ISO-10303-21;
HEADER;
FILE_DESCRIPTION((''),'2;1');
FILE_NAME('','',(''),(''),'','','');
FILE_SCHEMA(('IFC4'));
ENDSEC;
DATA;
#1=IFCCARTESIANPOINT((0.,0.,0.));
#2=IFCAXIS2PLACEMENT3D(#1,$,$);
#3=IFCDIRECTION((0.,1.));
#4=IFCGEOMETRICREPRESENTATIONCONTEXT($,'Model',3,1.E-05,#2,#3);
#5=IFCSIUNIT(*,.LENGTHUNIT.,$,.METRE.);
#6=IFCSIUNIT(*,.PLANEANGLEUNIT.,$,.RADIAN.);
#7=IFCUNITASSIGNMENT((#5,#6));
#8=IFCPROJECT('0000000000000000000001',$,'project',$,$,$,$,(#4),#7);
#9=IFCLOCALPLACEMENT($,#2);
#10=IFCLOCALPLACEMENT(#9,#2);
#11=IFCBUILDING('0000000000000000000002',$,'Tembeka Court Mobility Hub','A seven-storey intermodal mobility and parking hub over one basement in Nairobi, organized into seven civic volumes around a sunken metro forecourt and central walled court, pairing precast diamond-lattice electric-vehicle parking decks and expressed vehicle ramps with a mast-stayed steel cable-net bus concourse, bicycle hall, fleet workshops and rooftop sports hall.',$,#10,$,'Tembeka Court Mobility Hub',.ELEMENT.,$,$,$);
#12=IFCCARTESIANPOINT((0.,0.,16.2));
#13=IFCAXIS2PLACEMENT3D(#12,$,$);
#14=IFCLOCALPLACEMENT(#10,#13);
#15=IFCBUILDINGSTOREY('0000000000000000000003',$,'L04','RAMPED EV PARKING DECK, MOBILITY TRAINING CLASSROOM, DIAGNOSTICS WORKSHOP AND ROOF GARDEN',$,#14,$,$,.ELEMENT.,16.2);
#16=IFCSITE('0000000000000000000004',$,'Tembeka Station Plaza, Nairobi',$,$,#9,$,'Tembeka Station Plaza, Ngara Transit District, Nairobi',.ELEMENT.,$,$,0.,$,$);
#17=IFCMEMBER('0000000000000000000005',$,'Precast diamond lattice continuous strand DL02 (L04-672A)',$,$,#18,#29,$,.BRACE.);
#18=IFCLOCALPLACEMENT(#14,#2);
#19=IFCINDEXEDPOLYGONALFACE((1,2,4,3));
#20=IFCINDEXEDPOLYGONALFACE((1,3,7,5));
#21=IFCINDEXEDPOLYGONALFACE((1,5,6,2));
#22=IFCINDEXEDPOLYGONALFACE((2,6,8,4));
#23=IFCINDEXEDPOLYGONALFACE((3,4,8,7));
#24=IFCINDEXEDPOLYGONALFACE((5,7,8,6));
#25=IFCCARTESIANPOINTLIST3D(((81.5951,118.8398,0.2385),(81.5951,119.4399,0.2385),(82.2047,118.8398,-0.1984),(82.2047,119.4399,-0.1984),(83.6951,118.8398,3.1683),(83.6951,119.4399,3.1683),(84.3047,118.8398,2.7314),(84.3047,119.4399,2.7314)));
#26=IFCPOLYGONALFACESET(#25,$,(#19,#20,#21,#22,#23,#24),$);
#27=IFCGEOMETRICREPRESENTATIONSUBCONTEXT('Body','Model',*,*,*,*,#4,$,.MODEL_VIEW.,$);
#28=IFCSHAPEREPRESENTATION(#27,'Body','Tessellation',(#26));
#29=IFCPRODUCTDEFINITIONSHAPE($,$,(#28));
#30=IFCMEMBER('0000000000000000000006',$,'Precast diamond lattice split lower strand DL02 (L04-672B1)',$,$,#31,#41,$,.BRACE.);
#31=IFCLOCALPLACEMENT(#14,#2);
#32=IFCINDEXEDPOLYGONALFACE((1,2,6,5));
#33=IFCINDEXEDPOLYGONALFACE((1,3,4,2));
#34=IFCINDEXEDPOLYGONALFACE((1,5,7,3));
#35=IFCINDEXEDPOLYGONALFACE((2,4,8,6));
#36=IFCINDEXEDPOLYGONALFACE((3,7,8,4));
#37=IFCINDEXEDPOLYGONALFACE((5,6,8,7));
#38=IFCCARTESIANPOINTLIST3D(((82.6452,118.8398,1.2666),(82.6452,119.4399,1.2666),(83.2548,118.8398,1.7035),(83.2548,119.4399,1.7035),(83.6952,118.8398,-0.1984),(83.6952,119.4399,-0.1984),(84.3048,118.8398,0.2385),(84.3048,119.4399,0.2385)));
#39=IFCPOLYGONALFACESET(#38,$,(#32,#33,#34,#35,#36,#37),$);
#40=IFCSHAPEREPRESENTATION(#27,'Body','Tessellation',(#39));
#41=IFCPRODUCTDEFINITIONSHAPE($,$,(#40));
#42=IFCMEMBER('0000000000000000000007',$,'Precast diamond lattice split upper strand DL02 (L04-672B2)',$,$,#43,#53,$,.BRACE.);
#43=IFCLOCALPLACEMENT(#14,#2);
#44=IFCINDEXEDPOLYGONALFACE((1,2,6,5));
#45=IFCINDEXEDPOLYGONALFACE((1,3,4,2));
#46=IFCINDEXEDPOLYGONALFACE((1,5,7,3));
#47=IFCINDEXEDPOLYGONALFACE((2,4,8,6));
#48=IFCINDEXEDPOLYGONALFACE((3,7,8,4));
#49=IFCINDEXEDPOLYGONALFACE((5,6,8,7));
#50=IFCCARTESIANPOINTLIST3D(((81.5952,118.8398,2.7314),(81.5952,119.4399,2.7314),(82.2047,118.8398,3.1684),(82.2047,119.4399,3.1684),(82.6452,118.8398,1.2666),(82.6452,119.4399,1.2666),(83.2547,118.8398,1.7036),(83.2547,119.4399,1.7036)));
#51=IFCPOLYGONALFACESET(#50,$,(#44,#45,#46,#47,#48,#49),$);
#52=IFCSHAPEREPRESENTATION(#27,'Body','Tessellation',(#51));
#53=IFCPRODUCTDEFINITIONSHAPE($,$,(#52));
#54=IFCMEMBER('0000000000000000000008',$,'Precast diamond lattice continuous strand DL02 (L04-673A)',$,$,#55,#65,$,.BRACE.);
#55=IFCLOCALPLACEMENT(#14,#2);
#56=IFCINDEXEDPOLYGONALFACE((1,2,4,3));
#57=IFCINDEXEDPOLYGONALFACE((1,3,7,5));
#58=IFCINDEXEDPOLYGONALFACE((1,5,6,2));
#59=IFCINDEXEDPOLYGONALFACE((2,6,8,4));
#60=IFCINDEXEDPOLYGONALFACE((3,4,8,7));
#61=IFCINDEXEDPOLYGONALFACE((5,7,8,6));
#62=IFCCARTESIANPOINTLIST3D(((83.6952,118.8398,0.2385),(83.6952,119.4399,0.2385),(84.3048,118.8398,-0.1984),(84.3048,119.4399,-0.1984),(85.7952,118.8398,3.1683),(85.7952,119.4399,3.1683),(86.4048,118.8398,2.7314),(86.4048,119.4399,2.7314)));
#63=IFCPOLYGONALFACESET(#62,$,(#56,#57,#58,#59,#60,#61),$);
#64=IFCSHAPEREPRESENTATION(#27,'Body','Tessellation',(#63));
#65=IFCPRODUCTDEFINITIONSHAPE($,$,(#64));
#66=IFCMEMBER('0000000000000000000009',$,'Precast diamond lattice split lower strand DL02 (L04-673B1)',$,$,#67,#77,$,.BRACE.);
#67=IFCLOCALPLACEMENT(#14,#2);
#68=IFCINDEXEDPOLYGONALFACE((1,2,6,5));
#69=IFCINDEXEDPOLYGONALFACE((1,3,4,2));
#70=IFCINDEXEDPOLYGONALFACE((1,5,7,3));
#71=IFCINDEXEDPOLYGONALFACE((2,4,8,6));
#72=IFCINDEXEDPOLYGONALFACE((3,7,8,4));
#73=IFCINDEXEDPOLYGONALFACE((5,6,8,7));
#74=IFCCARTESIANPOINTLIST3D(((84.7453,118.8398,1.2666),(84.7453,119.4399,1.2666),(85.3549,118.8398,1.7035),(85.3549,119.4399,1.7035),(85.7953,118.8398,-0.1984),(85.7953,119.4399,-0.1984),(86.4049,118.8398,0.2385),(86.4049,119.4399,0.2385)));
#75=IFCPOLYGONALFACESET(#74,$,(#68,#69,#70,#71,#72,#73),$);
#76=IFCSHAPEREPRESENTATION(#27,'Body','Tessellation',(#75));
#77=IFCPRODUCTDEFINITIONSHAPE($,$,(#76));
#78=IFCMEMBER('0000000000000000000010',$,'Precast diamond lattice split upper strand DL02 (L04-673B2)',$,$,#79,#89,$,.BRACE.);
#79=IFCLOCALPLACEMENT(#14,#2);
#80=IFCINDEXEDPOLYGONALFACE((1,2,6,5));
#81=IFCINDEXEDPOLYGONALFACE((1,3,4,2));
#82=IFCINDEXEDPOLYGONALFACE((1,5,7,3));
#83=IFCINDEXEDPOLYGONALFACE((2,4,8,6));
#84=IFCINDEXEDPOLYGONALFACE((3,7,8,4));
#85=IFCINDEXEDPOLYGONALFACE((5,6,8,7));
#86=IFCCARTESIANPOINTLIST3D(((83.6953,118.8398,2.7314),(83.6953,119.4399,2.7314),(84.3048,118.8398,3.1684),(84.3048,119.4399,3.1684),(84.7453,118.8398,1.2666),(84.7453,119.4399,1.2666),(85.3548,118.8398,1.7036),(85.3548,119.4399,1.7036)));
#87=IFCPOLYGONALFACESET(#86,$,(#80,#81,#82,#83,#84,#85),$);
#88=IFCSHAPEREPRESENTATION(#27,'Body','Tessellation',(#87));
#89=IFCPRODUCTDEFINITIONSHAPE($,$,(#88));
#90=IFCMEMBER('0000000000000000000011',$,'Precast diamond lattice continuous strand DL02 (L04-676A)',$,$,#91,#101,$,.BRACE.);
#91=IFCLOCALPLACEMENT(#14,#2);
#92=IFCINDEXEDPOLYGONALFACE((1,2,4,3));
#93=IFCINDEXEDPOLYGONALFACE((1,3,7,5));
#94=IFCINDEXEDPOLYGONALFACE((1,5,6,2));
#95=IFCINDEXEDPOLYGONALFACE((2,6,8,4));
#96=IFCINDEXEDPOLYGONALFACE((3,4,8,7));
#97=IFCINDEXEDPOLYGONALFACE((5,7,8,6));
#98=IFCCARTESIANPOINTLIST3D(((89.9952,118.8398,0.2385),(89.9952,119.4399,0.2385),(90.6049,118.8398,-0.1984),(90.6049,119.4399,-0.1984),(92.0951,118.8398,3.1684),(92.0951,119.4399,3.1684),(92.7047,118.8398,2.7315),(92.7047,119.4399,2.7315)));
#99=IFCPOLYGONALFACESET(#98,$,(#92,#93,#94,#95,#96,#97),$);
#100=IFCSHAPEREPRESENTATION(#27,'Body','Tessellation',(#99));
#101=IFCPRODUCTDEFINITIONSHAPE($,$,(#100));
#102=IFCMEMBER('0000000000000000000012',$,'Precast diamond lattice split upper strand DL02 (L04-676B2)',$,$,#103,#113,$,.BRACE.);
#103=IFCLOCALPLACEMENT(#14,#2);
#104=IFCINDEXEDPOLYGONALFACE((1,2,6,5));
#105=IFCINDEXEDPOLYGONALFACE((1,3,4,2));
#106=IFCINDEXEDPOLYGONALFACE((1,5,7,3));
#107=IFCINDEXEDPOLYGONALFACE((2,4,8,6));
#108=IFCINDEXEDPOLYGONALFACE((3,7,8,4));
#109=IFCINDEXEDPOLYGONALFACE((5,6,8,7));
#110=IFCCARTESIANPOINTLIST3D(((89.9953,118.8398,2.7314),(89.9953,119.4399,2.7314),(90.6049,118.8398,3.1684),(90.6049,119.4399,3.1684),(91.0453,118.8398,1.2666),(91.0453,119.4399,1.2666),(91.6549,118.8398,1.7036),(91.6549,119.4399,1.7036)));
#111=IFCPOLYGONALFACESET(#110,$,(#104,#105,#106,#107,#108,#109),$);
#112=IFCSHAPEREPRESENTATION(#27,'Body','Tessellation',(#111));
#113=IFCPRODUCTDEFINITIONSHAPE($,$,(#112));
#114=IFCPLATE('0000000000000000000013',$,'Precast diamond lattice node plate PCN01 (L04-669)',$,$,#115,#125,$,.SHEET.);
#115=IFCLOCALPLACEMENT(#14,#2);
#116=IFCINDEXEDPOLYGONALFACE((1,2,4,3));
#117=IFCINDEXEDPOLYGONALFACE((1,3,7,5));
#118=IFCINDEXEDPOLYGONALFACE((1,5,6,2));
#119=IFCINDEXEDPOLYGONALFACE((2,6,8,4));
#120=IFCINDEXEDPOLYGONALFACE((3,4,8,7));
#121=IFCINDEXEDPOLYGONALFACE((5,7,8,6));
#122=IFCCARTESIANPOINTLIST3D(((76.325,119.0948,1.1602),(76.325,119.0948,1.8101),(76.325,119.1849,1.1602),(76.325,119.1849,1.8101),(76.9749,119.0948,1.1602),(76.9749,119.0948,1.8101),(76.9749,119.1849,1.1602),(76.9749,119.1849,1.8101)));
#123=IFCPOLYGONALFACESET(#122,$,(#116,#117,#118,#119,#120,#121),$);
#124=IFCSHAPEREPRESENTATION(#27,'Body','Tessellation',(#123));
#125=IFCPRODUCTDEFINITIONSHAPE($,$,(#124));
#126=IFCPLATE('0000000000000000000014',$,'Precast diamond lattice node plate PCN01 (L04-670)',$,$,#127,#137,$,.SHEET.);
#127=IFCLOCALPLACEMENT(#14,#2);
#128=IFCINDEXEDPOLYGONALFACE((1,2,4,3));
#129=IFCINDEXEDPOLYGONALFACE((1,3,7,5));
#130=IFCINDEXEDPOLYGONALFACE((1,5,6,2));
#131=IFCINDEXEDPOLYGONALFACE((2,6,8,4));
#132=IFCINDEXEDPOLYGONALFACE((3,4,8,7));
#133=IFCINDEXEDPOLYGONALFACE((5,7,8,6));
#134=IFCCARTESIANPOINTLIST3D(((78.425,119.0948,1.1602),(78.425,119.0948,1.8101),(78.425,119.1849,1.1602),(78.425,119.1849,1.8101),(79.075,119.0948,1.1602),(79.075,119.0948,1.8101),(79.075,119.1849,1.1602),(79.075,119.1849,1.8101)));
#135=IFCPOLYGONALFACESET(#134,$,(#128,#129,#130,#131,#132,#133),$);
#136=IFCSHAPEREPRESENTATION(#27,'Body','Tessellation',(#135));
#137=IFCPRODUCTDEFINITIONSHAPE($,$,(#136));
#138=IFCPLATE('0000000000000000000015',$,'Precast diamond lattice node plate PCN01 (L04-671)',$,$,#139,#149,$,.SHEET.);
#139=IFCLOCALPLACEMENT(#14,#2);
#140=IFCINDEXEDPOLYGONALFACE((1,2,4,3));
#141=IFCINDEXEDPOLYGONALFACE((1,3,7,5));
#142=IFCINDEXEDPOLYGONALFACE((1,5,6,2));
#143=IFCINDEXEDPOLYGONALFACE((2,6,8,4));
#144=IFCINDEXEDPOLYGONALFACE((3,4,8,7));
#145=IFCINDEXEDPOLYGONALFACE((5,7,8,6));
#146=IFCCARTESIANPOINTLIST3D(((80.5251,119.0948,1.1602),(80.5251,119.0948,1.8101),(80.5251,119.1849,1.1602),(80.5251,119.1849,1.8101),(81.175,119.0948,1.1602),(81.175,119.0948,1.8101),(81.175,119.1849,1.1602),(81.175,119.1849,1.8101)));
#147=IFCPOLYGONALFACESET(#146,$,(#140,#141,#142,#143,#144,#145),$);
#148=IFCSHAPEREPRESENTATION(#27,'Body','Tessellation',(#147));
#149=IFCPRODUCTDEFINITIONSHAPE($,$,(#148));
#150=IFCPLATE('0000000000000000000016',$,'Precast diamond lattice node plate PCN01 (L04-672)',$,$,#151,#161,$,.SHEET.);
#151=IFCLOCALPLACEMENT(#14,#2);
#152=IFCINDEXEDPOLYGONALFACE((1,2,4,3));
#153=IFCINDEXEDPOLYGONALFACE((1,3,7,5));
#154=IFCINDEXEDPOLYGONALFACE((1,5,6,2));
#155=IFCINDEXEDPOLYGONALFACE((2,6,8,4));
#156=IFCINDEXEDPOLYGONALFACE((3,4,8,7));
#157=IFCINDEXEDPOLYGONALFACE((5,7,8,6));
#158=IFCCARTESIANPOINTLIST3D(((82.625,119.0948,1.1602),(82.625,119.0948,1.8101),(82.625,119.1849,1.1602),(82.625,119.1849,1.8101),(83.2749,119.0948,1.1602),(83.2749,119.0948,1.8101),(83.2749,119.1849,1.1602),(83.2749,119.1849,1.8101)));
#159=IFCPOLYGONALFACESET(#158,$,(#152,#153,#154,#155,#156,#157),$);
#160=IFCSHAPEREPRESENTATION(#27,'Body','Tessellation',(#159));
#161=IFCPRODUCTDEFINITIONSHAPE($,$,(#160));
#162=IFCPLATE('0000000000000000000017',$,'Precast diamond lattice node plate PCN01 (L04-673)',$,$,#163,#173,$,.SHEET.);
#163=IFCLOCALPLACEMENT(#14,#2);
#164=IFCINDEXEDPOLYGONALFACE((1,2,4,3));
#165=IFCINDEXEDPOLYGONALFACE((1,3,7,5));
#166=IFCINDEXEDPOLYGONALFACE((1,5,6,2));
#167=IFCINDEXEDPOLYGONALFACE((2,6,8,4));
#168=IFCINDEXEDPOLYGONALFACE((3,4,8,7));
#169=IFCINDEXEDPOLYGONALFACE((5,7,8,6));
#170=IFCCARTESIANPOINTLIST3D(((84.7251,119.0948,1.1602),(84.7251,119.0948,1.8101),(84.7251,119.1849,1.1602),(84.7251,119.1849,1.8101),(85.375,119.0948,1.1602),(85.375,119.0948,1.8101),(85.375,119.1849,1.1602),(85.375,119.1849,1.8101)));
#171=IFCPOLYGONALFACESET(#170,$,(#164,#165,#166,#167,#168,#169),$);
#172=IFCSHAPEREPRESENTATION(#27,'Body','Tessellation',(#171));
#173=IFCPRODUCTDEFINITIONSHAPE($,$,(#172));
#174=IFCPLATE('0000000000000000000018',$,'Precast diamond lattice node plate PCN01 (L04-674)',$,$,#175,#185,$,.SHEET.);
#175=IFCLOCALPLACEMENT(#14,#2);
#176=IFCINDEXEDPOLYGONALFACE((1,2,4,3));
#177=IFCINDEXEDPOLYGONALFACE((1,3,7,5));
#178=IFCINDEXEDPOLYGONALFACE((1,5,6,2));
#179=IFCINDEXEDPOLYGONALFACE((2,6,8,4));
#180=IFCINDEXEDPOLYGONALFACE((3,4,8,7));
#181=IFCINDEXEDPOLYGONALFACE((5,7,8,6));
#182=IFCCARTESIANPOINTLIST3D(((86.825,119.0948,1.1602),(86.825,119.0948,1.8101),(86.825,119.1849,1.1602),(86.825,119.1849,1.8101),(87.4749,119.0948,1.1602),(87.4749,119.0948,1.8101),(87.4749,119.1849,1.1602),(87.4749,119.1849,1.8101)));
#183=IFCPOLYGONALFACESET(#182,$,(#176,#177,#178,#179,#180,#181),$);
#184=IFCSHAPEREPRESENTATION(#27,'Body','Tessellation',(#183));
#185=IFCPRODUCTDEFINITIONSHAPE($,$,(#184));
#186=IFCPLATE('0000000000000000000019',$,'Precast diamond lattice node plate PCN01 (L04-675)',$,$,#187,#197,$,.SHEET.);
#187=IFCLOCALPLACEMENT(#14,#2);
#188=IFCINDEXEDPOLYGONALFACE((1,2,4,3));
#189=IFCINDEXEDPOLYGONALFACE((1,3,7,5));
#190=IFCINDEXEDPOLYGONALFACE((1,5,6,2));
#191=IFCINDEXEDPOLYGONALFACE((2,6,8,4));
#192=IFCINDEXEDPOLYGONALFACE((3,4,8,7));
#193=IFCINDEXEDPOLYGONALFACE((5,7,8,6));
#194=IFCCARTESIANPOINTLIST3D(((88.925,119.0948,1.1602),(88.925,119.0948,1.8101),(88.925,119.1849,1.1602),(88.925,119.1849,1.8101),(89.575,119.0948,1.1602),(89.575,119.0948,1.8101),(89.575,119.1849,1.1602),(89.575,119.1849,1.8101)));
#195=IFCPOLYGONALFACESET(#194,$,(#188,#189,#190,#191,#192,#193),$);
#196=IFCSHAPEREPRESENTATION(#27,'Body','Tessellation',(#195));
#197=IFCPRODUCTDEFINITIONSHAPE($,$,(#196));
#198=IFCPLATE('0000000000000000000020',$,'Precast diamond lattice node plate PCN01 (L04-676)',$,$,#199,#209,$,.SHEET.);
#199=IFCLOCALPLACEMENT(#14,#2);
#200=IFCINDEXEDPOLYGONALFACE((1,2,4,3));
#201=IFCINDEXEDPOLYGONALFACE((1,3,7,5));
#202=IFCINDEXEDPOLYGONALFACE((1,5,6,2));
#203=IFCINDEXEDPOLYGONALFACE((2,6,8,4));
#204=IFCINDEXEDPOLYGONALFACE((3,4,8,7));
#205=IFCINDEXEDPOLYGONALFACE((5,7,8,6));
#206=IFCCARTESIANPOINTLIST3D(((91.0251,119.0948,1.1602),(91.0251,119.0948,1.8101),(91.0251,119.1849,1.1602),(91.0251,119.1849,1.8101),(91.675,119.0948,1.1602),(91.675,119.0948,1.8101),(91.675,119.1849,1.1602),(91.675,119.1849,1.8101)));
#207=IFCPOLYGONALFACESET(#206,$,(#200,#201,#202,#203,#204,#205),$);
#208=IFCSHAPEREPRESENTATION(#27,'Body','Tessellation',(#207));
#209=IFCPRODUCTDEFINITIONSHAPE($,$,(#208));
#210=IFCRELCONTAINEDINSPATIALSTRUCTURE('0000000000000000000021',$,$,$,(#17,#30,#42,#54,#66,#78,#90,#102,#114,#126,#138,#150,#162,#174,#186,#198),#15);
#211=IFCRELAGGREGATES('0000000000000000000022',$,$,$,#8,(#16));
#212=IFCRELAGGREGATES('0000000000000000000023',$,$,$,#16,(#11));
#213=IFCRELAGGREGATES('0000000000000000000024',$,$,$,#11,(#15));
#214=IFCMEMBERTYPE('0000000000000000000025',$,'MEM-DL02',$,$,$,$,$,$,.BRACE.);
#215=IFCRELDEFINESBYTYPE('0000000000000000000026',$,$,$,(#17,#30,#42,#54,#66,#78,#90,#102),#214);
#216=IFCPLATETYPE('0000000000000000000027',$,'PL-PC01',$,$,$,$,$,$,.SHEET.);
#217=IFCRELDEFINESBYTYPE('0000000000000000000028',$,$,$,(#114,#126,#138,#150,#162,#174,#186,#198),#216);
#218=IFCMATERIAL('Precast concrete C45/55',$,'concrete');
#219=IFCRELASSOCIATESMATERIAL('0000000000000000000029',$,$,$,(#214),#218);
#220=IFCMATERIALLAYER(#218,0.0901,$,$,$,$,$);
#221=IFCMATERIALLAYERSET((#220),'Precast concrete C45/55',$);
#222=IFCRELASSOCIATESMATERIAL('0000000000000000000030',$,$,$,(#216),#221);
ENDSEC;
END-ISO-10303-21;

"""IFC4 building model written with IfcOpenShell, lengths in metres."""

from ifc_helpers import new_model, si_unit, direction, frame, origin, origin_2d, place, context, subcontext, project, spatial, rectangle, extrude, material, layer, layer_set, material_profile, profile_set, type_object, element, save


model = new_model("IFC4")

# Units and contexts
model_context = context("Model", 3, precision=1e-05, world=origin(), true_north=direction((0.0, 1.0)))
body_context = subcontext(model_context, "Body", "Model", "MODEL_VIEW")
ifc_project = project(units=[si_unit("LENGTHUNIT", "METRE"), si_unit("PLANEANGLEUNIT", "RADIAN")], contexts=[model_context])

# Site, building, storey
site_placement = place(None, origin())
site = spatial("IfcSite", under=ifc_project, at=site_placement, Name="Tembeka Station Plaza, Nairobi", LongName="Tembeka Station Plaza, Ngara Transit District, Nairobi", CompositionType="ELEMENT", RefElevation=0.0)
building_placement = place(site_placement, origin())
building = spatial("IfcBuilding", under=site, at=building_placement, Name="Tembeka Court Mobility Hub", Description="A seven-storey intermodal mobility and parking hub over one basement in Nairobi, organized into seven civic volumes around a sunken metro forecourt and central walled court, pairing precast diamond-lattice electric-vehicle parking decks and expressed vehicle ramps with a mast-stayed steel cable-net bus concourse, bicycle hall, fleet workshops and rooftop sports hall.", LongName="Tembeka Court Mobility Hub", CompositionType="ELEMENT")
storey_placement = place(building_placement, frame((0.0, 0.0, 16.2)))
storey = spatial("IfcBuildingStorey", under=building, at=storey_placement, Name="L04", Description="RAMPED EV PARKING DECK, MOBILITY TRAINING CLASSROOM, DIAGNOSTICS WORKSHOP AND ROOF GARDEN", CompositionType="ELEMENT", Elevation=16.2)

# Members
ifc_material = material(Name="Precast concrete C45/55", Category="concrete")
ifc_material_profile_1 = material_profile(ifc_material, rectangle(XDim=0.6001, YDim=0.75, at=origin_2d()), Name="PC-DIAG 600x750")
ifc_profile_set_1 = profile_set([ifc_material_profile_1], Name="Precast concrete C45/55")
member_type_1 = type_object("IfcMemberType", Name="MEM-DL02", PredefinedType="BRACE", material=ifc_profile_set_1)
member_1_placement = place(storey_placement, frame((81.8999, 119.1399, 0.02), z_axis=(0.582576, 0.0, 0.812776), x_axis=(0.0, 1.0, 0.0)))
element("IfcMember", 1, at=member_1_placement, inside=storey, type_object=member_type_1, Name="Precast diamond lattice continuous strand DL02 (L04-672A)", PredefinedType="BRACE", context=body_context, shape_type="SweptSolid", body=[
    extrude(rectangle(XDim=0.6001, YDim=0.75, at=origin_2d()), origin(), (0.0, 0.0, 1.0), 3.6047),
])
member_2_placement = place(storey_placement, frame((84.0, 119.1399, 0.02), z_axis=(-0.582544, 0.0, 0.812799), x_axis=(0.0, -1.0, 0.0)))
element("IfcMember", 2, at=member_2_placement, inside=storey, type_object=member_type_1, Name="Precast diamond lattice split lower strand DL02 (L04-672B1)", PredefinedType="BRACE", context=body_context, shape_type="SweptSolid", body=[
    extrude(rectangle(XDim=0.6001, YDim=0.75, at=origin_2d()), origin(), (0.0, 0.0, 1.0), 1.8025),
])
member_3_placement = place(storey_placement, frame((82.95, 119.1399, 1.4851), z_axis=(-0.582608, 0.0, 0.812753), x_axis=(0.0, -1.0, 0.0)))
element("IfcMember", 3, at=member_3_placement, inside=storey, type_object=member_type_1, Name="Precast diamond lattice split upper strand DL02 (L04-672B2)", PredefinedType="BRACE", context=body_context, shape_type="SweptSolid", body=[
    extrude(rectangle(XDim=0.6001, YDim=0.75, at=origin_2d()), origin(), (0.0, 0.0, 1.0), 1.8022),
])
member_4_placement = place(storey_placement, frame((84.0, 119.1399, 0.02), z_axis=(0.582576, 0.0, 0.812776), x_axis=(0.0, 1.0, 0.0)))
element("IfcMember", 4, at=member_4_placement, inside=storey, type_object=member_type_1, Name="Precast diamond lattice continuous strand DL02 (L04-673A)", PredefinedType="BRACE", context=body_context, shape_type="SweptSolid", body=[
    extrude(rectangle(XDim=0.6001, YDim=0.75, at=origin_2d()), origin(), (0.0, 0.0, 1.0), 3.6047),
])
member_5_placement = place(storey_placement, frame((86.1001, 119.1399, 0.02), z_axis=(-0.582544, 0.0, 0.812799), x_axis=(0.0, -1.0, 0.0)))
element("IfcMember", 5, at=member_5_placement, inside=storey, type_object=member_type_1, Name="Precast diamond lattice split lower strand DL02 (L04-673B1)", PredefinedType="BRACE", context=body_context, shape_type="SweptSolid", body=[
    extrude(rectangle(XDim=0.6001, YDim=0.75, at=origin_2d()), origin(), (0.0, 0.0, 1.0), 1.8025),
])
member_6_placement = place(storey_placement, frame((85.05, 119.1399, 1.4851), z_axis=(-0.582608, 0.0, 0.812753), x_axis=(0.0, -1.0, 0.0)))
element("IfcMember", 6, at=member_6_placement, inside=storey, type_object=member_type_1, Name="Precast diamond lattice split upper strand DL02 (L04-673B2)", PredefinedType="BRACE", context=body_context, shape_type="SweptSolid", body=[
    extrude(rectangle(XDim=0.6001, YDim=0.75, at=origin_2d()), origin(), (0.0, 0.0, 1.0), 1.8022),
])
member_7_placement = place(storey_placement, frame((90.3, 119.1399, 0.02), z_axis=(0.582532, 0.0, 0.812808), x_axis=(0.0, 1.0, 0.0)))
element("IfcMember", 7, at=member_7_placement, inside=storey, type_object=member_type_1, Name="Precast diamond lattice continuous strand DL02 (L04-676A)", PredefinedType="BRACE", context=body_context, shape_type="SweptSolid", body=[
    extrude(rectangle(XDim=0.6001, YDim=0.75, at=origin_2d()), origin(), (0.0, 0.0, 1.0), 3.6047),
])
member_8_placement = place(storey_placement, frame((91.3501, 119.1399, 1.4851), z_axis=(-0.582608, 0.0, 0.812753), x_axis=(0.0, -1.0, 0.0)))
element("IfcMember", 8, at=member_8_placement, inside=storey, type_object=member_type_1, Name="Precast diamond lattice split upper strand DL02 (L04-676B2)", PredefinedType="BRACE", context=body_context, shape_type="SweptSolid", body=[
    extrude(rectangle(XDim=0.6001, YDim=0.75, at=origin_2d()), origin(), (0.0, 0.0, 1.0), 1.8022),
])

# Plates
ifc_layer = layer(ifc_material, 0.0901)
ifc_layer_set = layer_set([ifc_layer], Name="Precast concrete C45/55")
plate_type = type_object("IfcPlateType", Name="PL-PC01", PredefinedType="SHEET", material=ifc_layer_set)
for number, where, z_axis, x_axis, name in (
    (9, (76.6499, 119.1399, 1.1602), (0.0, 0.0, 1.0), (1.0, 0.0, 0.0), "Precast diamond lattice node plate PCN01 (L04-669)"),
    (10, (78.75, 119.1399, 1.1602), (0.0, 0.0, 1.0), (1.0, 0.0, 0.0), "Precast diamond lattice node plate PCN01 (L04-670)"),
    (11, (80.8501, 119.1399, 1.1602), (0.0, 0.0, 1.0), (1.0, 0.0, 0.0), "Precast diamond lattice node plate PCN01 (L04-671)"),
    (12, (82.95, 119.1399, 1.1602), (0.0, 0.0, 1.0), (1.0, 0.0, 0.0), "Precast diamond lattice node plate PCN01 (L04-672)"),
    (13, (85.05, 119.1399, 1.1602), (0.0, 0.0, 1.0), (1.0, 0.0, 0.0), "Precast diamond lattice node plate PCN01 (L04-673)"),
    (14, (87.1499, 119.1399, 1.1602), (0.0, 0.0, 1.0), (1.0, 0.0, 0.0), "Precast diamond lattice node plate PCN01 (L04-674)"),
    (15, (89.25, 119.1399, 1.1602), (0.0, 0.0, 1.0), (1.0, 0.0, 0.0), "Precast diamond lattice node plate PCN01 (L04-675)"),
    (16, (91.3501, 119.1399, 1.1602), (0.0, 0.0, 1.0), (1.0, 0.0, 0.0), "Precast diamond lattice node plate PCN01 (L04-676)"),
):
    element("IfcPlate", number, at=place(storey_placement, frame(where, z_axis=z_axis, x_axis=x_axis)), inside=storey, type_object=plate_type, Name=name, PredefinedType="SHEET", context=body_context, shape_type="SweptSolid", body=[
        extrude(rectangle(XDim=0.6499, YDim=0.0901, at=origin_2d()), origin(), (0.0, 0.0, 1.0), 0.6499),
    ])

save(model, "model.ifc")
